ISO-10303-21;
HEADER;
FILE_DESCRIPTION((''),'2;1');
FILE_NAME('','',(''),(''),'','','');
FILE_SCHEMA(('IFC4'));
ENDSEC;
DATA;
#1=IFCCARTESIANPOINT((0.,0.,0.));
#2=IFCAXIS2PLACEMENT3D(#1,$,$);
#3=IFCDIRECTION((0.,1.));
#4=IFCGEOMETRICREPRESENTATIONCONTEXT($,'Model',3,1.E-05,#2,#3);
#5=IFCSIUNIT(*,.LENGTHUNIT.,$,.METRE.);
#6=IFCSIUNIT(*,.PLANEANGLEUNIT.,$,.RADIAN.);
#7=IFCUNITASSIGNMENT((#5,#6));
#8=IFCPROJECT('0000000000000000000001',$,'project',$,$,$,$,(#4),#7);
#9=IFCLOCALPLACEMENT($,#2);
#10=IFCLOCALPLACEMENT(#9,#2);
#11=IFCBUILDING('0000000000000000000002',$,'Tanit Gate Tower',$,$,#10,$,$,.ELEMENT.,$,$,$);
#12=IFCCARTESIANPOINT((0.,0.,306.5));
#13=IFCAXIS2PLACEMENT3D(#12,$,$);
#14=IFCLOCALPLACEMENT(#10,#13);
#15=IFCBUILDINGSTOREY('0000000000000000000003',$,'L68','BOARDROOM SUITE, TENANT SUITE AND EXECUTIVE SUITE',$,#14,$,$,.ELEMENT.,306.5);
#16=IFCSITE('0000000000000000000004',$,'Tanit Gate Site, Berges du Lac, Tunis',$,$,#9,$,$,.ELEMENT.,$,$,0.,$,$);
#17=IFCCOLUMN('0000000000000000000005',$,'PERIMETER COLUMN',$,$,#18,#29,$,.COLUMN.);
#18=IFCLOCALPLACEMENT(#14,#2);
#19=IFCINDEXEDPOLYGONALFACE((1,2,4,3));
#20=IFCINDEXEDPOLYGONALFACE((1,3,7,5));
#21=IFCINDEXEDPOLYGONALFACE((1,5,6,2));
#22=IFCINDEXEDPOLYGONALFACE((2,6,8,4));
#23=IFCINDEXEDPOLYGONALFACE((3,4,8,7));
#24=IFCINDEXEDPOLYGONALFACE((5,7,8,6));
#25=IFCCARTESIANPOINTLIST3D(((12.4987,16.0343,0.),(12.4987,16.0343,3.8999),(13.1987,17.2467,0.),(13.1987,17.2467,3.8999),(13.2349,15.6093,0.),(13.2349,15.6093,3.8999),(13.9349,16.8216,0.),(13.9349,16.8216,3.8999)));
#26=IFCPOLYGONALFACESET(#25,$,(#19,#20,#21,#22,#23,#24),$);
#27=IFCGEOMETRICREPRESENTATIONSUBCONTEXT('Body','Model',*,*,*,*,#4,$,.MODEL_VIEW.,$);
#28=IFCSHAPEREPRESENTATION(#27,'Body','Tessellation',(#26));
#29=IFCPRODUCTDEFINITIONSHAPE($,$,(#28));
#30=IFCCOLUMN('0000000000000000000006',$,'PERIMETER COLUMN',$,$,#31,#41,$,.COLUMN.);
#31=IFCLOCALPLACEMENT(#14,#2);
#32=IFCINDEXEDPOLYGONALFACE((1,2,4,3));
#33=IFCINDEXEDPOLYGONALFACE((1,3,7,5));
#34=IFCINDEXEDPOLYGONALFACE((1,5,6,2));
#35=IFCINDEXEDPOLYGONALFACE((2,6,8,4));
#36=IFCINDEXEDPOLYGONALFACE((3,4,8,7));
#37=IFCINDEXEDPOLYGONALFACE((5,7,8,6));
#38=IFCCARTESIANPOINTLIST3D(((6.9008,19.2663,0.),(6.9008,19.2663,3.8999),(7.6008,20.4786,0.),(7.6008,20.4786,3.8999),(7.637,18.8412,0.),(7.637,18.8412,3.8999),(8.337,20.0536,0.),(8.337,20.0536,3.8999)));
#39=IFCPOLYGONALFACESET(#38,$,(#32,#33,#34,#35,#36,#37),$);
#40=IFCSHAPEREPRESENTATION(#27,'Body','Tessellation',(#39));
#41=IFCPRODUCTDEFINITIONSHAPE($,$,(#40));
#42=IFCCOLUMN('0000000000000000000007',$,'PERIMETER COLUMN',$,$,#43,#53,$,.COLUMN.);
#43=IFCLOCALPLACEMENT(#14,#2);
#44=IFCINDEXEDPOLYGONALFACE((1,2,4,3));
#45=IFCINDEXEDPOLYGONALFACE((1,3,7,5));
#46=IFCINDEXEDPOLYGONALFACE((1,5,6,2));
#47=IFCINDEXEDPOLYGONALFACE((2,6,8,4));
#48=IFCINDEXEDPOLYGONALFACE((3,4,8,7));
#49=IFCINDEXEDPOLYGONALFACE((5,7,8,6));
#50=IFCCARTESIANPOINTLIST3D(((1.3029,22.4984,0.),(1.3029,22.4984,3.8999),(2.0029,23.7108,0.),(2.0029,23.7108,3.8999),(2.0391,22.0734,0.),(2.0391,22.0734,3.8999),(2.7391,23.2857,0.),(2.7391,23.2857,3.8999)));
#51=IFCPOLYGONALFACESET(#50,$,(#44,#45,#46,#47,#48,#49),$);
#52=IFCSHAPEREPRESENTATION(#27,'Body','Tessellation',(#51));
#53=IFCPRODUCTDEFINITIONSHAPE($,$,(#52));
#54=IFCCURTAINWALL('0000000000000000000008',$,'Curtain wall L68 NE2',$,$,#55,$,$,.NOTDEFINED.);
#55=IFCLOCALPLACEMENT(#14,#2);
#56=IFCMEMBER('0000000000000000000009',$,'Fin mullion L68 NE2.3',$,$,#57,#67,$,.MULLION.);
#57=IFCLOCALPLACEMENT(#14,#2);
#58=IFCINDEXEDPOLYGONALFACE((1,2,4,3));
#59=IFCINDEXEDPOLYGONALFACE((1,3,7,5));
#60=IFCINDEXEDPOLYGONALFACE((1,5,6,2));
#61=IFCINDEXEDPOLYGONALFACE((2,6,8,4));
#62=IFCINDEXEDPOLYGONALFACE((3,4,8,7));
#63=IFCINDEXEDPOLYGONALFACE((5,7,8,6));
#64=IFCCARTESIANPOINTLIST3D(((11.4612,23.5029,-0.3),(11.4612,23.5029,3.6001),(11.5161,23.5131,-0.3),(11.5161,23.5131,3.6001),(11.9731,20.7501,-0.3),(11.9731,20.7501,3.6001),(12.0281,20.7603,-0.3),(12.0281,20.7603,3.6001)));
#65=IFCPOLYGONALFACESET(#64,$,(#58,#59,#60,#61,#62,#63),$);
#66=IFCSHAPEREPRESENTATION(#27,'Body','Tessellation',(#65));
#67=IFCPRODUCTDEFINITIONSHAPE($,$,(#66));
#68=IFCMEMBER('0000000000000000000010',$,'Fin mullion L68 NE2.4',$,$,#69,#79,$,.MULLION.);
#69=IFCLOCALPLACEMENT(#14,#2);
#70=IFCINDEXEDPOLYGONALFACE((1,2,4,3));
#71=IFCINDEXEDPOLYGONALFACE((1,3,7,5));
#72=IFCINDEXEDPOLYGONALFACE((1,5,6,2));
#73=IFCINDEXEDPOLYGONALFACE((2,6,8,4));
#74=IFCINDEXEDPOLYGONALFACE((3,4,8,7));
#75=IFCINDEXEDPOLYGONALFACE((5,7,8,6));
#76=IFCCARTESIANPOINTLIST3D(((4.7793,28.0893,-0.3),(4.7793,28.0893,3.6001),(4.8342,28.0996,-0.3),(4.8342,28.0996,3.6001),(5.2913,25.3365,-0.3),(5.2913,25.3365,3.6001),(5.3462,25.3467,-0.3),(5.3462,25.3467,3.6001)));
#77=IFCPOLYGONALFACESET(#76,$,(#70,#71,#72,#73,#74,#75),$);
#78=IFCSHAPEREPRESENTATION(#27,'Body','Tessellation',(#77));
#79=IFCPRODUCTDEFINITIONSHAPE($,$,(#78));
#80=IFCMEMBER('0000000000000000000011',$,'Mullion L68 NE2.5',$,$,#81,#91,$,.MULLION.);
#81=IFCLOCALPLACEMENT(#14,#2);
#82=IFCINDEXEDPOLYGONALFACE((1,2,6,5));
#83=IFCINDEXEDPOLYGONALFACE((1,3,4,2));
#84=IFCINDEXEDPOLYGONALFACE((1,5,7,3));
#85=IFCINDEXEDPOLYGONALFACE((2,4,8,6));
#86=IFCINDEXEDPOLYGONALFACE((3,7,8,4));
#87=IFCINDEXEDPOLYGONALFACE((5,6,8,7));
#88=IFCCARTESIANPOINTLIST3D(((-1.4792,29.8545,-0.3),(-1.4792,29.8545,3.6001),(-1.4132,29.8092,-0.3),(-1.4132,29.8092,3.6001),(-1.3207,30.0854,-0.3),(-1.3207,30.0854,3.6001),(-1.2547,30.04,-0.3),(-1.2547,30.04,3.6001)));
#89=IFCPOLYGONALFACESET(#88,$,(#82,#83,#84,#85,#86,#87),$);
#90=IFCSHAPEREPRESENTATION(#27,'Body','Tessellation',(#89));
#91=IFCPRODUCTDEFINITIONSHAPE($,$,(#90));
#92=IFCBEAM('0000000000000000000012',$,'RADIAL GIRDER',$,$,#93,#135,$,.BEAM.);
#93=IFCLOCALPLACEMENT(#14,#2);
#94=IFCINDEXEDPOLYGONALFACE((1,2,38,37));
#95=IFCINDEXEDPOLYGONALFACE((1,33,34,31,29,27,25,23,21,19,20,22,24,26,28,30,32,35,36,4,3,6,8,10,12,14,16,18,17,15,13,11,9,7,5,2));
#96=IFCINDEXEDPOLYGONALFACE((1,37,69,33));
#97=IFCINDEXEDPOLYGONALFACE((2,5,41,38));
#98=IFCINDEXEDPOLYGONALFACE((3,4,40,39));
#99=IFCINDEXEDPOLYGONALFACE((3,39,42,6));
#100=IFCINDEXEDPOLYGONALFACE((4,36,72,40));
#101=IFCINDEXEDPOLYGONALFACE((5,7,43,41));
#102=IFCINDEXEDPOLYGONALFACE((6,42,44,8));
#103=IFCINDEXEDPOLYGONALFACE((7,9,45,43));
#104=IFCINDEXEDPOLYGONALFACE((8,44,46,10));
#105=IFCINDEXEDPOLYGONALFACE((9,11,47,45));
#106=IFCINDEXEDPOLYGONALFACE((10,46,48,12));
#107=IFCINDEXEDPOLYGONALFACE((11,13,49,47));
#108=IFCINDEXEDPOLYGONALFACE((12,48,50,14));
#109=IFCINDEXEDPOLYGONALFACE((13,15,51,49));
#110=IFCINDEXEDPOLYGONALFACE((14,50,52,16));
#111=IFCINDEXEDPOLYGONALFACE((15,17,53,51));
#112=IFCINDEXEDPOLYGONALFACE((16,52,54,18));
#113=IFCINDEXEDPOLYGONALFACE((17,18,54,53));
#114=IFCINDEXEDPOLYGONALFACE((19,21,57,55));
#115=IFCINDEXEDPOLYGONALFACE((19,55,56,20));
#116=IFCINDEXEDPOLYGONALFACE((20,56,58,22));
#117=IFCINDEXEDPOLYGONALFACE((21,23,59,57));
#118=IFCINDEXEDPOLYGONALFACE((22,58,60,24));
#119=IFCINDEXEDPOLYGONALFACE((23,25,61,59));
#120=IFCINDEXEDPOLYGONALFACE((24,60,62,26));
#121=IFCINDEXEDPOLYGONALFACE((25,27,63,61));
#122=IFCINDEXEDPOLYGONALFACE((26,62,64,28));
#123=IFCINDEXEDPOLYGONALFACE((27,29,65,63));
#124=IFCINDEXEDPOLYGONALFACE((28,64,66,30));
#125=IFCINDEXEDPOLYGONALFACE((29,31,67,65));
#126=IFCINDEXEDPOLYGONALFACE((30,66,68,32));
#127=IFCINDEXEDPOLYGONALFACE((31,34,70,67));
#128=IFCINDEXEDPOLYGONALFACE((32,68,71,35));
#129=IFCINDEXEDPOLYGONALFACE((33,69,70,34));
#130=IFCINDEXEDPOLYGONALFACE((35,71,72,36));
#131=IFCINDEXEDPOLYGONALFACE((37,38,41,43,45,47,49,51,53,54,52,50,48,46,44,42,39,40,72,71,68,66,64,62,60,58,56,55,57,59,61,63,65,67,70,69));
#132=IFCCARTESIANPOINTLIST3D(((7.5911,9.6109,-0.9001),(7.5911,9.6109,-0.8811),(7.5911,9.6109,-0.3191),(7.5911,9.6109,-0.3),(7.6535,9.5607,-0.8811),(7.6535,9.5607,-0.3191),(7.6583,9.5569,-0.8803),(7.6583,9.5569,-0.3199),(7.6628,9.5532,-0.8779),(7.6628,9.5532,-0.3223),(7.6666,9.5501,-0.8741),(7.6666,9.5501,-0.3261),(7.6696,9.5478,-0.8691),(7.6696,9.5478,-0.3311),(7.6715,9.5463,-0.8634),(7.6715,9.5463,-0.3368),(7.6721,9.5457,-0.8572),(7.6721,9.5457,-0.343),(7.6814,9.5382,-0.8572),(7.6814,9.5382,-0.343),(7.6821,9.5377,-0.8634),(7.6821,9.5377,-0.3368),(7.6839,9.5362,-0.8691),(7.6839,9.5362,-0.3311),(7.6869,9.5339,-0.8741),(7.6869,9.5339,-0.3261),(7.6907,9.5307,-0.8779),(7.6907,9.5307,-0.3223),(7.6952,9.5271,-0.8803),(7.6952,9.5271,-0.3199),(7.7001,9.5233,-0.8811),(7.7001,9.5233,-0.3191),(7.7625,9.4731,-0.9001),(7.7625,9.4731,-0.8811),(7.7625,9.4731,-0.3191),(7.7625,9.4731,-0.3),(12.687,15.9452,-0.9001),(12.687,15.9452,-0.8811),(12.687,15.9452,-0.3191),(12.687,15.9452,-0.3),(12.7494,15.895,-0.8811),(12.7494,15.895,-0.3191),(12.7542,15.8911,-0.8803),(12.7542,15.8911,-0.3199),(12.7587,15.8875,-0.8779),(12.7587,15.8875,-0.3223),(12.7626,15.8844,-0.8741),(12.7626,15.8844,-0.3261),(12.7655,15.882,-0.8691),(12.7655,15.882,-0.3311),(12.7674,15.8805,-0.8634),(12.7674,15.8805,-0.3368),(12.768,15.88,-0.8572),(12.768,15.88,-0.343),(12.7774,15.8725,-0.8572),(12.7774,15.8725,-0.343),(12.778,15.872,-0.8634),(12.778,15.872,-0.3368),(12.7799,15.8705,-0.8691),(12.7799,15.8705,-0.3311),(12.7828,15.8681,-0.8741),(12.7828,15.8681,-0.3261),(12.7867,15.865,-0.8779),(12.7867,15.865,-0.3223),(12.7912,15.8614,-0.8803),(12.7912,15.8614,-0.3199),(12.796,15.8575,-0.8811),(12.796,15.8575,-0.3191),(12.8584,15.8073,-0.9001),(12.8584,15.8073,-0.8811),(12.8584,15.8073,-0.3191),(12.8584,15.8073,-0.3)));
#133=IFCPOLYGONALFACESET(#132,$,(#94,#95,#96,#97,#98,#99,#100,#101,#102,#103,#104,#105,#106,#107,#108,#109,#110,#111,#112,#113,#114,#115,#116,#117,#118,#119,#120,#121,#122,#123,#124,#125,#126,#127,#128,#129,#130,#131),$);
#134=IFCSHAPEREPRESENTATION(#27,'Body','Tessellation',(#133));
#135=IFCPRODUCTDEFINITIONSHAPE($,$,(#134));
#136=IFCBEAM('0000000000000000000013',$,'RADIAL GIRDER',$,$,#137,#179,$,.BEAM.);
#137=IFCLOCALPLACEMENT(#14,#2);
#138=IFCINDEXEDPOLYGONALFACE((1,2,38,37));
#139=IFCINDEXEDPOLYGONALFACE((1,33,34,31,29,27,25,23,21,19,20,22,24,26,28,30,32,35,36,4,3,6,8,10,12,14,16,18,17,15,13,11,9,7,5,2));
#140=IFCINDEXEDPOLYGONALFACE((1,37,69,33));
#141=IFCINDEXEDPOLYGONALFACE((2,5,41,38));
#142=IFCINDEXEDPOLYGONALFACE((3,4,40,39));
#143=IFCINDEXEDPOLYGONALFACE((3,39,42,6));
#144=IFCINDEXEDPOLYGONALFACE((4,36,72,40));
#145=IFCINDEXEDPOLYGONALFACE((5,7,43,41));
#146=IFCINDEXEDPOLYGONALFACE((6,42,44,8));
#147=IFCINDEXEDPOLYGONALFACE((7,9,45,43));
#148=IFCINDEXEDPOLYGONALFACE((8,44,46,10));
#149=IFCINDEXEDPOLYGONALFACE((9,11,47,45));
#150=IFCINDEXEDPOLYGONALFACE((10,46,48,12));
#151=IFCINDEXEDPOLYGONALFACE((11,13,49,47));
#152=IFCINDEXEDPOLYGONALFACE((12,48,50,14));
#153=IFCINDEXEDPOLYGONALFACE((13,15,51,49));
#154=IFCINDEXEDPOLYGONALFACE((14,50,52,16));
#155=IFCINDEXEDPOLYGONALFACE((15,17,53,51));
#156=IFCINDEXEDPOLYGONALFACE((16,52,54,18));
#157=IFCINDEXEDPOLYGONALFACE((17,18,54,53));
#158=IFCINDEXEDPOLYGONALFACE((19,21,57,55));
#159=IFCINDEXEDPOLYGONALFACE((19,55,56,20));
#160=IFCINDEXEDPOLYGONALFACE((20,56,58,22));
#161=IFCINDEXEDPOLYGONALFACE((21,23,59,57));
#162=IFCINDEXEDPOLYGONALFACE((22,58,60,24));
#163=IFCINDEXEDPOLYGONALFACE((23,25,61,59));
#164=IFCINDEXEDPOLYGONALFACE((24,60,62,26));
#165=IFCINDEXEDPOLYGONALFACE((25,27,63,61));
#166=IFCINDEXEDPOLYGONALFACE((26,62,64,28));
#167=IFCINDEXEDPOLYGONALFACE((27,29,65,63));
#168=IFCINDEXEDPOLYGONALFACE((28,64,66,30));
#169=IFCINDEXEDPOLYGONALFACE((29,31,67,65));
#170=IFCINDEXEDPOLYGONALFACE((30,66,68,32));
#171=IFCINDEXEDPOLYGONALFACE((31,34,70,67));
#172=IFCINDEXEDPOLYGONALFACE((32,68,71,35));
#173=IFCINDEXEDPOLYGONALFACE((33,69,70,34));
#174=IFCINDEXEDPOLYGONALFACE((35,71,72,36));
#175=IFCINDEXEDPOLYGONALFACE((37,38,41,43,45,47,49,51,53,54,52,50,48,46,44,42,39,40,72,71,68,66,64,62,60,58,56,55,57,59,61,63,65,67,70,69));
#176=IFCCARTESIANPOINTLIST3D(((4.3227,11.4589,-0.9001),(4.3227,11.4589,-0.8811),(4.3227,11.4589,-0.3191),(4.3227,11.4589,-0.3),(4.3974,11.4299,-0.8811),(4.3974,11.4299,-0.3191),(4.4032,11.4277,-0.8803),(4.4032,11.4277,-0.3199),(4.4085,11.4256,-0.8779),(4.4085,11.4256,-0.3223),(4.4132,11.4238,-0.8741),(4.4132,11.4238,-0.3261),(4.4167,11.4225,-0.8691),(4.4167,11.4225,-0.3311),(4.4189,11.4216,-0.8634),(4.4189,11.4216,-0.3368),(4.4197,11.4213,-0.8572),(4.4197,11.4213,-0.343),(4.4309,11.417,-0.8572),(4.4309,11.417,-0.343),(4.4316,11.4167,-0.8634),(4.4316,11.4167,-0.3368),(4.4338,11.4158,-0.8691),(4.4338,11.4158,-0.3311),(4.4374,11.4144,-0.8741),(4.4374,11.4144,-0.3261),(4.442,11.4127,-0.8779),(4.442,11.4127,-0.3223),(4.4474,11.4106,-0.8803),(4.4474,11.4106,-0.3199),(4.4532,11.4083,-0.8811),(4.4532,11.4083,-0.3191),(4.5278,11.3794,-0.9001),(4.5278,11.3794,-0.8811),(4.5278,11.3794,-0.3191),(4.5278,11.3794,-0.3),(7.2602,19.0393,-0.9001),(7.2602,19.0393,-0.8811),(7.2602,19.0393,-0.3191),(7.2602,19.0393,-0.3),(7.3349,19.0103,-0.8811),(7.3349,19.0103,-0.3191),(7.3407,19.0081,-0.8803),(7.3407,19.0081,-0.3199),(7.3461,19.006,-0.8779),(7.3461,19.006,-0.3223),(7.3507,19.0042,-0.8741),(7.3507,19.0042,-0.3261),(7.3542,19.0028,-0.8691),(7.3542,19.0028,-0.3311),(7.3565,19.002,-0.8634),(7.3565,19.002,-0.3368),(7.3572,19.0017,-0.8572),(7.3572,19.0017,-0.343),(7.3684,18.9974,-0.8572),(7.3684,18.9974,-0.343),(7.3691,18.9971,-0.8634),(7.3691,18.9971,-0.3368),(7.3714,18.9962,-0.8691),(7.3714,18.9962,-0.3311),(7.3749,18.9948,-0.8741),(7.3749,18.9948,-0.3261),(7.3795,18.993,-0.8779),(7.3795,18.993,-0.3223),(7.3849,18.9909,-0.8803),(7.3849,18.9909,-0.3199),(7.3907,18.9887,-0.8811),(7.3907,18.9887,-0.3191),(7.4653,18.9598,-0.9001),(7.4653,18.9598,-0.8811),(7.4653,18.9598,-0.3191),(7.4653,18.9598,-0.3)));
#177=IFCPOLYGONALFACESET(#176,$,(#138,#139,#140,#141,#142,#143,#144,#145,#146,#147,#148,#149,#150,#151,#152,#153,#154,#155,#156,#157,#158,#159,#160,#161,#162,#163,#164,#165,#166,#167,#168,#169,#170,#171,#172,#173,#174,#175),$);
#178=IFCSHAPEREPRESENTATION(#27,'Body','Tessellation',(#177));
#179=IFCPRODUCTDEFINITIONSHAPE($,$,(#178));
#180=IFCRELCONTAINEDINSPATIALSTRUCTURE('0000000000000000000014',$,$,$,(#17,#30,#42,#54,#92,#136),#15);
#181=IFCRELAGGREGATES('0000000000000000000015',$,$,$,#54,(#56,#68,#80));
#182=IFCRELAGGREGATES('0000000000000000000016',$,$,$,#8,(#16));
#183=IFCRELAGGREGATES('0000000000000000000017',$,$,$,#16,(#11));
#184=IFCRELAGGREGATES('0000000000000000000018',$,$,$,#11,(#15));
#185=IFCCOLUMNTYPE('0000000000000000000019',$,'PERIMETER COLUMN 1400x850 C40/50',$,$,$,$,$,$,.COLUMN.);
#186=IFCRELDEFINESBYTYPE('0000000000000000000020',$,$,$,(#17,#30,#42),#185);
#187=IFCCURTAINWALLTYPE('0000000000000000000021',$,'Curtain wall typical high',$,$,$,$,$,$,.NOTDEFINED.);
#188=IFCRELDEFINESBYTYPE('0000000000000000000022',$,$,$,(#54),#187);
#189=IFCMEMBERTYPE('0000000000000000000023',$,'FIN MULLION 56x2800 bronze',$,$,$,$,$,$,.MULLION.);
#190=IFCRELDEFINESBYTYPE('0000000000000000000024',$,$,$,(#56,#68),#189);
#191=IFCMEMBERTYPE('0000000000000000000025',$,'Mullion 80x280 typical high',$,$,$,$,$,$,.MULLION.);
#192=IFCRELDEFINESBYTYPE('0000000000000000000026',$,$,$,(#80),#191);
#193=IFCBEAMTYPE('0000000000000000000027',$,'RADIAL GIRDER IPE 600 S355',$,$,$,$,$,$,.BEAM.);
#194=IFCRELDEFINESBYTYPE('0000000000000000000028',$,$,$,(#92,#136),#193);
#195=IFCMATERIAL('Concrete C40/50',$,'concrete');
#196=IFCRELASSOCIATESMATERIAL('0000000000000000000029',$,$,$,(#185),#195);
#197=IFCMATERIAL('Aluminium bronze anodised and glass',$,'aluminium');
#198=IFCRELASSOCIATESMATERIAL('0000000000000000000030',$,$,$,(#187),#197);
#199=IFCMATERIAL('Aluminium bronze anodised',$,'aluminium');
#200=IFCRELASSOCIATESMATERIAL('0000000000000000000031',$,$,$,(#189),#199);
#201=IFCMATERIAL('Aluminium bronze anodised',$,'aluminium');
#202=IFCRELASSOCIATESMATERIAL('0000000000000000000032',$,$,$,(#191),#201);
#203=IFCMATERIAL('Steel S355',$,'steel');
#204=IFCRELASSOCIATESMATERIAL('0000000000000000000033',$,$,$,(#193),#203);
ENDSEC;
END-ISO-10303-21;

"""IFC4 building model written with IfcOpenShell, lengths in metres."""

from ifc_helpers import new_model, si_unit, direction, frame, origin, origin_2d, place, context, subcontext, project, spatial, rectangle, i_section, extrude, material, material_profile, profile_set, type_object, element, aggregate, save


model = new_model("IFC4")

# Units and contexts
model_context = context("Model", 3, precision=1e-05, world=origin(), true_north=direction((0.0, 1.0)))
body_context = subcontext(model_context, "Body", "Model", "MODEL_VIEW")
ifc_project = project(units=[si_unit("LENGTHUNIT", "METRE"), si_unit("PLANEANGLEUNIT", "RADIAN")], contexts=[model_context])

# Site, building, storey
site_placement = place(None, origin())
site = spatial("IfcSite", under=ifc_project, at=site_placement, Name="Tanit Gate Site, Berges du Lac, Tunis", CompositionType="ELEMENT", RefElevation=0.0)
building_placement = place(site_placement, origin())
building = spatial("IfcBuilding", under=site, at=building_placement, Name="Tanit Gate Tower", CompositionType="ELEMENT")
storey_placement = place(building_placement, frame((0.0, 0.0, 306.5)))
storey = spatial("IfcBuildingStorey", under=building, at=storey_placement, Name="L68", Description="BOARDROOM SUITE, TENANT SUITE AND EXECUTIVE SUITE", CompositionType="ELEMENT", Elevation=306.5)

# Columns
ifc_material_1 = material(Name="Concrete C40/50", Category="concrete")
ifc_material_profile_1 = material_profile(ifc_material_1, rectangle(XDim=1.3999, YDim=0.8501, at=origin_2d()), Name="RC 1400x850")
ifc_profile_set_1 = profile_set([ifc_material_profile_1], Name="Concrete C40/50")
column_type = type_object("IfcColumnType", Name="PERIMETER COLUMN 1400x850 C40/50", PredefinedType="COLUMN", material=ifc_profile_set_1)
for number, where, z_axis, x_axis, name in (
    (1, (13.2168, 16.428, 0.0), (0.0, 0.0, 1.0), (0.5, 0.866025, 0.0), "PERIMETER COLUMN"),
    (2, (7.6189, 19.6599, 0.0), (0.0, 0.0, 1.0), (0.5, 0.866025, 0.0), "PERIMETER COLUMN"),
    (3, (2.021, 22.8921, 0.0), (0.0, 0.0, 1.0), (0.5, 0.866025, 0.0), "PERIMETER COLUMN"),
):
    element("IfcColumn", number, at=place(storey_placement, frame(where, z_axis=z_axis, x_axis=x_axis)), inside=storey, type_object=column_type, Name=name, PredefinedType="COLUMN", context=body_context, shape_type="SweptSolid", body=[
        extrude(rectangle(XDim=1.3999, YDim=0.8501, at=origin_2d()), origin(), (0.0, 0.0, 1.0), 3.8999),
    ])

# Curtain wall, members
ifc_material_2 = material(Name="Aluminium bronze anodised and glass", Category="aluminium")
curtain_wall_type = type_object("IfcCurtainWallType", Name="Curtain wall typical high", PredefinedType="NOTDEFINED", material=ifc_material_2)
curtain_wall_1_placement = place(storey_placement, origin())
curtain_wall_1 = element("IfcCurtainWall", 4, at=curtain_wall_1_placement, inside=storey, type_object=curtain_wall_type, Name="Curtain wall L68 NE2", PredefinedType="NOTDEFINED")
ifc_material_3 = material(Name="Aluminium bronze anodised", Category="aluminium")
ifc_material_profile_2 = material_profile(ifc_material_3, rectangle(XDim=2.8, YDim=0.0559, at=origin_2d()), Name="56x2800 bronze fin mullion")
ifc_profile_set_2 = profile_set([ifc_material_profile_2], Name="Aluminium bronze anodised")
member_type_1 = type_object("IfcMemberType", Name="FIN MULLION 56x2800 bronze", PredefinedType="MULLION", material=ifc_profile_set_2)
member_1_placement = place(storey_placement, frame((11.7446, 22.1316, -0.3), z_axis=(0.0, 0.0, 1.0), x_axis=(0.182847, -0.983141, 0.0)))
member_1 = element("IfcMember", 5, at=member_1_placement, type_object=member_type_1, Name="Fin mullion L68 NE2.3", PredefinedType="MULLION", context=body_context, shape_type="SweptSolid", body=[
    extrude(rectangle(XDim=2.8, YDim=0.0559, at=origin_2d()), origin(), (0.0, 0.0, 1.0), 3.9001),
])
member_2_placement = place(storey_placement, frame((5.0627, 26.718, -0.3), z_axis=(0.0, 0.0, 1.0), x_axis=(0.182847, -0.983141, 0.0)))
member_2 = element("IfcMember", 6, at=member_2_placement, type_object=member_type_1, Name="Fin mullion L68 NE2.4", PredefinedType="MULLION", context=body_context, shape_type="SweptSolid", body=[
    extrude(rectangle(XDim=2.8, YDim=0.0559, at=origin_2d()), origin(), (0.0, 0.0, 1.0), 3.9001),
])
ifc_material_4 = material(Name="Aluminium bronze anodised", Category="aluminium")
ifc_material_profile_3 = material_profile(ifc_material_4, rectangle(XDim=0.28, YDim=0.0801, at=origin_2d()), Name="80x280 bronze mullion")
ifc_profile_set_3 = profile_set([ifc_material_profile_3], Name="Aluminium bronze anodised")
member_type_2 = type_object("IfcMemberType", Name="Mullion 80x280 typical high", PredefinedType="MULLION", material=ifc_profile_set_3)
member_3_placement = place(storey_placement, frame((-1.3669, 29.9473, -0.3), z_axis=(0.0, 0.0, 1.0), x_axis=(-0.565893, -0.824479, 0.0)))
member_3 = element("IfcMember", 7, at=member_3_placement, type_object=member_type_2, Name="Mullion L68 NE2.5", PredefinedType="MULLION", context=body_context, shape_type="SweptSolid", body=[
    extrude(rectangle(XDim=0.28, YDim=0.0801, at=origin_2d()), origin(), (0.0, 0.0, 1.0), 3.9001),
])

# Beams
ifc_material_5 = material(Name="Steel S355", Category="steel")
ifc_material_profile_4 = material_profile(ifc_material_5, i_section(OverallWidth=0.22, OverallDepth=0.6001, WebThickness=0.012, FlangeThickness=0.019, FilletRadius=0.0239, at=origin_2d()), Name="IPE 600")
ifc_profile_set_4 = profile_set([ifc_material_profile_4], Name="Steel S355")
beam_type = type_object("IfcBeamType", Name="RADIAL GIRDER IPE 600 S355", PredefinedType="BEAM", material=ifc_profile_set_4)
for number, where, z_axis, x_axis, name in (
    (8, (12.7727, 15.8762, -0.6001), (-0.626835, -0.779152, 0.0), (0.779152, -0.626835, 0.0), "RADIAL GIRDER"),
    (9, (7.3628, 18.9995, -0.6001), (-0.361334, -0.932436, 0.0), (0.932436, -0.361334, 0.0), "RADIAL GIRDER"),
):
    element("IfcBeam", number, at=place(storey_placement, frame(where, z_axis=z_axis, x_axis=x_axis)), inside=storey, type_object=beam_type, Name=name, PredefinedType="BEAM", context=body_context, shape_type="SweptSolid", body=[
        extrude(i_section(OverallWidth=0.22, OverallDepth=0.6001, WebThickness=0.012, FlangeThickness=0.019, FilletRadius=0.0239, at=origin_2d()), origin(), (0.0, 0.0, 1.0), 8.1296),
    ])

aggregate(curtain_wall_1, [member_1, member_2, member_3])

save(model, "model.ifc")
